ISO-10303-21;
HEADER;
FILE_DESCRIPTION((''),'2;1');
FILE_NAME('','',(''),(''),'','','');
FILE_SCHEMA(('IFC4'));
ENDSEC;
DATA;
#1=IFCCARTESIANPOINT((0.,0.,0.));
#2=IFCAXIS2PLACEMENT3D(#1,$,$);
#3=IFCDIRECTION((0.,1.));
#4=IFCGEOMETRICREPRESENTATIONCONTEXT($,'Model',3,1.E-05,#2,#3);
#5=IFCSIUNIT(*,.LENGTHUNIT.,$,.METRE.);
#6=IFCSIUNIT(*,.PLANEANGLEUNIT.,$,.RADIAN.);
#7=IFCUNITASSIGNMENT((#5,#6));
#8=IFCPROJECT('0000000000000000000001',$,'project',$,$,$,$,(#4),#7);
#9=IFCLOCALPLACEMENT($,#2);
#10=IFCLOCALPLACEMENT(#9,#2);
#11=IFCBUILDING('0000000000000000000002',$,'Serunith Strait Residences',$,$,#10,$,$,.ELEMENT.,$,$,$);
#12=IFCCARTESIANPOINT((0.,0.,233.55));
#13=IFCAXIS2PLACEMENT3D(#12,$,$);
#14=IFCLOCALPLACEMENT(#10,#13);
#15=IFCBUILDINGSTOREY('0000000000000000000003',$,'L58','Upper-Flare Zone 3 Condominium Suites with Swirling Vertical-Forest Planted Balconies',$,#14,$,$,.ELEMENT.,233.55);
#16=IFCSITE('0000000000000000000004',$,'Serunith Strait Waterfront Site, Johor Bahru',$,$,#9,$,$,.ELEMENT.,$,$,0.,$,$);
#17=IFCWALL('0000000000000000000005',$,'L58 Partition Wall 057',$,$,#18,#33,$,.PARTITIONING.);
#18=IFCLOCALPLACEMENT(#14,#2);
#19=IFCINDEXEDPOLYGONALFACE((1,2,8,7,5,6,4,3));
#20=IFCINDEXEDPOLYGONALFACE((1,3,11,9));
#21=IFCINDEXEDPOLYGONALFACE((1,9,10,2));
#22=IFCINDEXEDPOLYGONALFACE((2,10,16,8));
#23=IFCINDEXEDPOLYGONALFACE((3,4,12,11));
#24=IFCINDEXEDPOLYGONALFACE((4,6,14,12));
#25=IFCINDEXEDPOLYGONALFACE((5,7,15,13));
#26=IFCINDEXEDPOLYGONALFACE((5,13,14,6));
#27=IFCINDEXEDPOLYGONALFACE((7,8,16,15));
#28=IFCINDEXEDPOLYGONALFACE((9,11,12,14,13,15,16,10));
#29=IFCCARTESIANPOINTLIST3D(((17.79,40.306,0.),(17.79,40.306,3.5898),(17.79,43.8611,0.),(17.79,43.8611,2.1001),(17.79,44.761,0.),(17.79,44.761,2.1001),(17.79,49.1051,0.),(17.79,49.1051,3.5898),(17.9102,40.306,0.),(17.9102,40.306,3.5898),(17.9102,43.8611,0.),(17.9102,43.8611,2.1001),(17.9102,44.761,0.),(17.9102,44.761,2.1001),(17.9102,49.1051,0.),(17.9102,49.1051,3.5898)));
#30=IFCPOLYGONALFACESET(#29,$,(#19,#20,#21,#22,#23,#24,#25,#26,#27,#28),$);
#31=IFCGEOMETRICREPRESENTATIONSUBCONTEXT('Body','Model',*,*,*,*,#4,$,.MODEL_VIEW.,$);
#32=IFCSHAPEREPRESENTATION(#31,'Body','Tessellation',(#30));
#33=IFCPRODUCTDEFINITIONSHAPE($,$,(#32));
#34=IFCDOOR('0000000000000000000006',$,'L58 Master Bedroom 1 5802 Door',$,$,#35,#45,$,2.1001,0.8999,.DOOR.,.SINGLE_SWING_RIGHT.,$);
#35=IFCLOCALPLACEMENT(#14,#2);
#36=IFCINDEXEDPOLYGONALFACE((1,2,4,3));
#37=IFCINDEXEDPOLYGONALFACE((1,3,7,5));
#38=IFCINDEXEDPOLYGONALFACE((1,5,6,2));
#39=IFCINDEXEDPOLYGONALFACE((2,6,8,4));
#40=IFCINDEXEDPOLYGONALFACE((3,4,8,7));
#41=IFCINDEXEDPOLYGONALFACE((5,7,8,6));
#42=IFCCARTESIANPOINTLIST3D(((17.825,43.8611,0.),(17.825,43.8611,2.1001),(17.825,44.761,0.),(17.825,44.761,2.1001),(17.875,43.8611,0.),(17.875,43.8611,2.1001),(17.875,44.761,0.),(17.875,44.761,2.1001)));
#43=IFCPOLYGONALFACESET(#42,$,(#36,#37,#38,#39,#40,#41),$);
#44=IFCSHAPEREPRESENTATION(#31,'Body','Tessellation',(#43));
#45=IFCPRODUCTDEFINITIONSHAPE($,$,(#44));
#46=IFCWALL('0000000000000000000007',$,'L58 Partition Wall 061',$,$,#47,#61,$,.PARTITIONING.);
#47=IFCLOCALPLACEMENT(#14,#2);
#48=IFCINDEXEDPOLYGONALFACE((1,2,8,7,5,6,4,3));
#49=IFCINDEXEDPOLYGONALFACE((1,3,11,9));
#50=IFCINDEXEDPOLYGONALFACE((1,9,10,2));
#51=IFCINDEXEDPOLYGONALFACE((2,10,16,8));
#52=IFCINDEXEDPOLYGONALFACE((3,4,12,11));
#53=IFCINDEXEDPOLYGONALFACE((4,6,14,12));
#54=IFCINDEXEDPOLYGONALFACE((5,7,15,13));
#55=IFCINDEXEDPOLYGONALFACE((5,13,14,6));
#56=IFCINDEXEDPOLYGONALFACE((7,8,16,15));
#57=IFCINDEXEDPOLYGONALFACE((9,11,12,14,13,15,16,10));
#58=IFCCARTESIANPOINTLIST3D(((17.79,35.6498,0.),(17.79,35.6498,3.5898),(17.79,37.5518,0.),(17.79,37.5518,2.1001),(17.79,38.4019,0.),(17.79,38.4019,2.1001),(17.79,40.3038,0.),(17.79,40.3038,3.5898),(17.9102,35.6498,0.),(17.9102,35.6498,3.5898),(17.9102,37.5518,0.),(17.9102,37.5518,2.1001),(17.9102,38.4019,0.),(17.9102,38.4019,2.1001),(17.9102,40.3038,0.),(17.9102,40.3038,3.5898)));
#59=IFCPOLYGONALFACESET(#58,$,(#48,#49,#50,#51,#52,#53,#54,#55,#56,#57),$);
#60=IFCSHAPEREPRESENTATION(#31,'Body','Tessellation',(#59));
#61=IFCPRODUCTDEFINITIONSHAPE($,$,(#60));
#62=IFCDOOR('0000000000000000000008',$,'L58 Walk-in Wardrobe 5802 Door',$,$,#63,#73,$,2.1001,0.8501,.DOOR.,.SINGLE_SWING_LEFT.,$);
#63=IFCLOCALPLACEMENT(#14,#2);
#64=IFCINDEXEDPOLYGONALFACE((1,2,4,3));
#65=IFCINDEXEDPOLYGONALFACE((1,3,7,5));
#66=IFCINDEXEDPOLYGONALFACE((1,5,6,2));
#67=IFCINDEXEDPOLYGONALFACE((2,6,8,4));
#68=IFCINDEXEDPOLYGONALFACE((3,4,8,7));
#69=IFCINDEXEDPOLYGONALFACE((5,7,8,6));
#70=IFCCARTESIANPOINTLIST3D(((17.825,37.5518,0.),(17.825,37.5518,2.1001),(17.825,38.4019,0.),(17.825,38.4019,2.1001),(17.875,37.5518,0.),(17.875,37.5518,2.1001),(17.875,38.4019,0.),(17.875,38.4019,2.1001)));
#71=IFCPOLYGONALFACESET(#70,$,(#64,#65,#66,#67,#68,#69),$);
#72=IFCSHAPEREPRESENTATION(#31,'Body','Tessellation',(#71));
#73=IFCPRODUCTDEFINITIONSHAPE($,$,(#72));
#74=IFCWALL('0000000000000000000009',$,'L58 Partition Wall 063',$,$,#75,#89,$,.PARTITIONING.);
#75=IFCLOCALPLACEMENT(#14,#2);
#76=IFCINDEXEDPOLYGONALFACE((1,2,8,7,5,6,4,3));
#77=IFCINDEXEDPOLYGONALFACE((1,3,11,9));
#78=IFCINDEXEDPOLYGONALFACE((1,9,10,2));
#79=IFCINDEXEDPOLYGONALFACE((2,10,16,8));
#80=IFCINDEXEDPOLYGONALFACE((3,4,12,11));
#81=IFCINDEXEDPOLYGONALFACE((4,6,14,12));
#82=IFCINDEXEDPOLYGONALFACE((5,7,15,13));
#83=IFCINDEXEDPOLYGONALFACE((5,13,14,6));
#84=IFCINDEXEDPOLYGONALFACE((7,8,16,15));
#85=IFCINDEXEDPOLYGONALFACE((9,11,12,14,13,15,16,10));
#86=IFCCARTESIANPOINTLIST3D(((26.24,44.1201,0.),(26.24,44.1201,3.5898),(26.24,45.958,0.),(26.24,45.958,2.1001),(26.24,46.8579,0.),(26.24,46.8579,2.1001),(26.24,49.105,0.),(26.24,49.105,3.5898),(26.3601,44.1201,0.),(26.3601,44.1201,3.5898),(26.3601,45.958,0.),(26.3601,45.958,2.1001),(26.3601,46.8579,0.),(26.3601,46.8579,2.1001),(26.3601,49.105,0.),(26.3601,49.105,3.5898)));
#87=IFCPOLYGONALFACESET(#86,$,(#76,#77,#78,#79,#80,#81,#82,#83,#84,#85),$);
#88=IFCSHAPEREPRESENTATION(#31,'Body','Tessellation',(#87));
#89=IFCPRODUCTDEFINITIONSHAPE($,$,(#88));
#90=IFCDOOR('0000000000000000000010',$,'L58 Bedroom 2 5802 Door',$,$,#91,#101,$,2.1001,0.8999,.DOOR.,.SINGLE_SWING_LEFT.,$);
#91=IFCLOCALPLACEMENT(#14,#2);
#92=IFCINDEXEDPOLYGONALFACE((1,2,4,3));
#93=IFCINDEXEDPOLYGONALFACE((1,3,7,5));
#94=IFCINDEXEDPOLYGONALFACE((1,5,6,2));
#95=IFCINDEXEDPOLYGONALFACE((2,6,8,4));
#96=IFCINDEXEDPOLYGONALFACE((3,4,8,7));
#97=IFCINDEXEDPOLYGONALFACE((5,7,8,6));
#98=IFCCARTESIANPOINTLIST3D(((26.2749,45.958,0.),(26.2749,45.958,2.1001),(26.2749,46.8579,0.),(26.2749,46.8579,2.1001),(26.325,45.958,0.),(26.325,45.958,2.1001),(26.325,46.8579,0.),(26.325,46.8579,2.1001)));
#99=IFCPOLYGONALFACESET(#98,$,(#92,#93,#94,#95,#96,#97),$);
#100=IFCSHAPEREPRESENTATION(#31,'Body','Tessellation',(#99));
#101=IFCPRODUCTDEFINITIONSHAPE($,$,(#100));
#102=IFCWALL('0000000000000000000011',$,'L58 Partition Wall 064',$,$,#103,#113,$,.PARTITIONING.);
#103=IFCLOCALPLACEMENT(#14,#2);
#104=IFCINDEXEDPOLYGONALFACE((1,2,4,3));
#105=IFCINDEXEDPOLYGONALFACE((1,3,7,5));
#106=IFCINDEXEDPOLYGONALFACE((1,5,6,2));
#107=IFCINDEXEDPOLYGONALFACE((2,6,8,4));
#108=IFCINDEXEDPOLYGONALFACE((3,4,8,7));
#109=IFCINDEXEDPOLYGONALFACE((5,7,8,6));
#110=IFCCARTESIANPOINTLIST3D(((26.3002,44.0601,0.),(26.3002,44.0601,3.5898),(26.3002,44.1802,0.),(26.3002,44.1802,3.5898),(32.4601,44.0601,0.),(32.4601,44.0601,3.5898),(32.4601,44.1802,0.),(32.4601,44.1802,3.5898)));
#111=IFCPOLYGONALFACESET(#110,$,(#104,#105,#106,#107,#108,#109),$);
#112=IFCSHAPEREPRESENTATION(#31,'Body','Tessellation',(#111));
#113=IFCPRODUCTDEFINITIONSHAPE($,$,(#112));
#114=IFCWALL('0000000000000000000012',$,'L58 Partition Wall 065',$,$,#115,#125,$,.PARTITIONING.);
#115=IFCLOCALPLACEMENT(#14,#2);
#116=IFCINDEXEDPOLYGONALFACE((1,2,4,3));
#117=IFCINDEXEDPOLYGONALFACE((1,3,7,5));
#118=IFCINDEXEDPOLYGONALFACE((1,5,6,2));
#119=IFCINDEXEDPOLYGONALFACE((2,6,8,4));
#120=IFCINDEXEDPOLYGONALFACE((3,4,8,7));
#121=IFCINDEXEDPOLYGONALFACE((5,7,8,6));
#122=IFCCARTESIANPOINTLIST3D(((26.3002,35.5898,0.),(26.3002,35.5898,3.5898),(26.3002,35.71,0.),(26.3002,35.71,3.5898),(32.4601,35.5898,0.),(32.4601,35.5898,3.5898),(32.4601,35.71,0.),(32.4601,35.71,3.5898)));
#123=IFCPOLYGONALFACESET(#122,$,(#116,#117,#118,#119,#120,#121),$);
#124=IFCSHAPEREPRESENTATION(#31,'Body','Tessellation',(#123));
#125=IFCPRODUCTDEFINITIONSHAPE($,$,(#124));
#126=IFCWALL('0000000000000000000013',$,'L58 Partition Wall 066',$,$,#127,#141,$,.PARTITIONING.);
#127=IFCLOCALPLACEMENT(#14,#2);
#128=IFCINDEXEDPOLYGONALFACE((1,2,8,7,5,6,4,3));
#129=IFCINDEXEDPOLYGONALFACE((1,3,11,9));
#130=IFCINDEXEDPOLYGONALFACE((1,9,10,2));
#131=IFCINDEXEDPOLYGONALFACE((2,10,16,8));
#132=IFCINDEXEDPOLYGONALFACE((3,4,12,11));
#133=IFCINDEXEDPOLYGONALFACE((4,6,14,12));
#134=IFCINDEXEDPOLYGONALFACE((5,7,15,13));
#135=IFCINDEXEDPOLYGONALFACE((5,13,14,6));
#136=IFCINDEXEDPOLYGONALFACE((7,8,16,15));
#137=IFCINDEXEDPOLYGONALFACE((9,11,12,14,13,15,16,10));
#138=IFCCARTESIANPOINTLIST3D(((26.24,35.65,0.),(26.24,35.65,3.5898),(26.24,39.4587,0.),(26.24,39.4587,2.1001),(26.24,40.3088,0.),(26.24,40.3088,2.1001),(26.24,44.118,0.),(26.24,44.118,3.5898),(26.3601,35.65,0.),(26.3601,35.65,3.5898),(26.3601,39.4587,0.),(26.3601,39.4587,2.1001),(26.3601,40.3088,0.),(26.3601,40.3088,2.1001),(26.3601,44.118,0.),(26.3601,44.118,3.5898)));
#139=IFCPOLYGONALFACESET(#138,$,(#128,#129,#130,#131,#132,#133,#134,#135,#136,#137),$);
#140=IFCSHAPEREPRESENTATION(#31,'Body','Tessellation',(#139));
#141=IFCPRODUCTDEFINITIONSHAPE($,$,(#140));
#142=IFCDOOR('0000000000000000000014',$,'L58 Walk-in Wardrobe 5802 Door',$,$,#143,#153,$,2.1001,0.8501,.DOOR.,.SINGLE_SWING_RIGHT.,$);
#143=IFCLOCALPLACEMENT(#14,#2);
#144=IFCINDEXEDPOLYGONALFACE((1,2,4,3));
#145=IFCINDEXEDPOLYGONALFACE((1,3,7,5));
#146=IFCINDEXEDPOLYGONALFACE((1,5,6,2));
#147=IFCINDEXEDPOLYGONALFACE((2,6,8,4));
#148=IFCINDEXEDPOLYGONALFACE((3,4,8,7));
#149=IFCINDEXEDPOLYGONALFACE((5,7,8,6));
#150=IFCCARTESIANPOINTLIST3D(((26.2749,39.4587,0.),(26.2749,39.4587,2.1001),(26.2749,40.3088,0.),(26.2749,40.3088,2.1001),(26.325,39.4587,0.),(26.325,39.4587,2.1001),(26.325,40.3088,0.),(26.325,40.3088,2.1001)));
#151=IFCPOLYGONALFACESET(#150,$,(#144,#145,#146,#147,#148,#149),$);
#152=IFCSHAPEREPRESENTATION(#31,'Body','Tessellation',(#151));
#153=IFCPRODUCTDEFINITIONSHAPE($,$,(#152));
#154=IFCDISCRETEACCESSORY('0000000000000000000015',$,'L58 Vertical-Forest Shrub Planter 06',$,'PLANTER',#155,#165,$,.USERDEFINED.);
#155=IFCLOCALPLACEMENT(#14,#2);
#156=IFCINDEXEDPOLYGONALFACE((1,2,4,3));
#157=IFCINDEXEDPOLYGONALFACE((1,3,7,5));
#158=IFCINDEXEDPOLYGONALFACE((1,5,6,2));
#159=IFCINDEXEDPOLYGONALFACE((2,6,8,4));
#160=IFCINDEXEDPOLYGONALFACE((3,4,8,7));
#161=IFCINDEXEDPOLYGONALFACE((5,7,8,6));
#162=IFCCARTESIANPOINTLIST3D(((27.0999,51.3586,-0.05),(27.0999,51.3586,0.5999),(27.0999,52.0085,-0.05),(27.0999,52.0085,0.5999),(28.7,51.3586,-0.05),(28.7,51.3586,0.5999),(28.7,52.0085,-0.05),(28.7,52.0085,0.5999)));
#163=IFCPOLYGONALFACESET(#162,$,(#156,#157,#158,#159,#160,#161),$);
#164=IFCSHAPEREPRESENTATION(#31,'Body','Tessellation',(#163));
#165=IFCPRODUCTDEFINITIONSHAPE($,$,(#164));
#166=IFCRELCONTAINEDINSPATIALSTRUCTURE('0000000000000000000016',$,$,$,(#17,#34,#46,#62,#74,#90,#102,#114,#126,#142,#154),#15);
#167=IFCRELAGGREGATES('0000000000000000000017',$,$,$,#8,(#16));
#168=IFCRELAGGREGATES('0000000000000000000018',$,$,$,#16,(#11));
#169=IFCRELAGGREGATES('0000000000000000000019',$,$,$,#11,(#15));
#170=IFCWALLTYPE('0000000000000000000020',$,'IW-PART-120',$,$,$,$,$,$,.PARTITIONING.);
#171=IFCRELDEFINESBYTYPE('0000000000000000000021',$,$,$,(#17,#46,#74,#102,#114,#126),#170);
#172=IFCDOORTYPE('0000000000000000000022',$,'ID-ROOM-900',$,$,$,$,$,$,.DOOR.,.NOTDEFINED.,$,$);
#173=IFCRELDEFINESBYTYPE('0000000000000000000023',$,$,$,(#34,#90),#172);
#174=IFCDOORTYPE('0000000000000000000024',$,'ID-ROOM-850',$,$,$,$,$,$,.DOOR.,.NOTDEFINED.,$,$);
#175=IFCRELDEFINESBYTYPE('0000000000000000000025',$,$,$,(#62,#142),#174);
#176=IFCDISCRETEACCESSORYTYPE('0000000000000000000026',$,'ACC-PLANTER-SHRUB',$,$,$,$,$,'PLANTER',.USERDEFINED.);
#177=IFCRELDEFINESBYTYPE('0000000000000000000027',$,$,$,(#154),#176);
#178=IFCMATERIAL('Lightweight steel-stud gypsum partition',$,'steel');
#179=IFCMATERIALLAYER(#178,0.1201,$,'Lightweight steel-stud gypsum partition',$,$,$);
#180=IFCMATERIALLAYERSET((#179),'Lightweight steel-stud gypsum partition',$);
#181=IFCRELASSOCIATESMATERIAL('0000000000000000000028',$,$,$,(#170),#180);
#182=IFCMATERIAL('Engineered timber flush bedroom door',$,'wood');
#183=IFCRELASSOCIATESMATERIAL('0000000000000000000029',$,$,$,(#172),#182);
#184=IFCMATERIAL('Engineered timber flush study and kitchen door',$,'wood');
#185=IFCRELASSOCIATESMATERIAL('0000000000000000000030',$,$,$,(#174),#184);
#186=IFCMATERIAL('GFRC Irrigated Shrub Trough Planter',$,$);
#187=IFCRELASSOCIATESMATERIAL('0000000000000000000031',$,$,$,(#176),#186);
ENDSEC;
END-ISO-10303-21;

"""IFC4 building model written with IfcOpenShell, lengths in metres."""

from ifc_helpers import new_model, si_unit, direction, frame, frame_2d, origin, origin_2d, place, context, subcontext, project, spatial, rectangle, extrude, source, transform, mapped, material, layer, layer_set, type_object, element, fill, save


model = new_model("IFC4")

# Units and contexts
model_context = context("Model", 3, precision=1e-05, world=origin(), true_north=direction((0.0, 1.0)))
body_context = subcontext(model_context, "Body", "Model", "MODEL_VIEW")
ifc_project = project(units=[si_unit("LENGTHUNIT", "METRE"), si_unit("PLANEANGLEUNIT", "RADIAN")], contexts=[model_context])

# Site, building, storey
site_placement = place(None, origin())
site = spatial("IfcSite", under=ifc_project, at=site_placement, Name="Serunith Strait Waterfront Site, Johor Bahru", CompositionType="ELEMENT", RefElevation=0.0)
building_placement = place(site_placement, origin())
building = spatial("IfcBuilding", under=site, at=building_placement, Name="Serunith Strait Residences", CompositionType="ELEMENT")
storey_placement = place(building_placement, frame((0.0, 0.0, 233.55)))
storey = spatial("IfcBuildingStorey", under=building, at=storey_placement, Name="L58", Description="Upper-Flare Zone 3 Condominium Suites with Swirling Vertical-Forest Planted Balconies", CompositionType="ELEMENT", Elevation=233.55)

# Shared definitions
ifc_material_1 = material(Name="Lightweight steel-stud gypsum partition", Category="steel")
ifc_layer_1 = layer(ifc_material_1, 0.1201, Name="Lightweight steel-stud gypsum partition")
ifc_layer_set_1 = layer_set([ifc_layer_1], Name="Lightweight steel-stud gypsum partition")
wall_type = type_object("IfcWallType", Name="IW-PART-120", PredefinedType="PARTITIONING", material=ifc_layer_set_1)

# Walls, openings, doors
wall_1_placement = place(storey_placement, frame((17.8501, 49.105, 0.0), z_axis=(0.0, 0.0, 1.0), x_axis=(0.0, -1.0, 0.0)))
wall_1 = element("IfcWall", 1, at=wall_1_placement, inside=storey, type_object=wall_type, Name="L58 Partition Wall 057", PredefinedType="PARTITIONING", context=body_context, shape_type="SweptSolid", body=[
    extrude(rectangle(XDim=8.7991, YDim=0.1201, at=frame_2d((4.3994, 0.0))), origin(), (0.0, 0.0, 1.0), 3.5898),
])
opening_1_placement = place(wall_1_placement, frame((4.344, 0.0, 0.0)))
opening_1 = element("IfcOpeningElement", 2, at=opening_1_placement, cuts=wall_1, PredefinedType="OPENING", context=body_context, shape_type="SweptSolid", body=[
    extrude(rectangle(XDim=0.8999, YDim=2.1001, at=frame_2d((0.45, 1.05))), frame((0.0, 0.0701, 0.0), z_axis=(0.0, -1.0, 0.0), x_axis=(1.0, 0.0, 0.0)), (0.0, 0.0, 1.0), 0.1401),
])
ifc_material_2 = material(Name="Engineered timber flush bedroom door", Category="wood")
door_type_1 = type_object("IfcDoorType", Name="ID-ROOM-900", OperationType="NOTDEFINED", PredefinedType="DOOR", material=ifc_material_2)
shared_shape_1 = source(origin(), body_context, "Body", "SweptSolid", [
    extrude(rectangle(XDim=0.8999, YDim=2.1001, at=frame_2d((0.45, 1.05))), frame((0.0, 0.0249, 0.0), z_axis=(0.0, -1.0, 0.0), x_axis=(1.0, 0.0, 0.0)), (0.0, 0.0, 1.0), 0.05),
])
door_1_placement = place(opening_1_placement, origin())
door_1 = element("IfcDoor", 3, at=door_1_placement, inside=storey, type_object=door_type_1, Name="L58 Master Bedroom 1 5802 Door", OperationType="SINGLE_SWING_RIGHT", OverallHeight=2.1001, OverallWidth=0.8999, PredefinedType="DOOR", context=body_context, shape_type="MappedRepresentation", body=[
    mapped(shared_shape_1, transform((0.0, 0.0, 0.0), scale=1.0)),
])
fill(opening_1, door_1)
wall_2_placement = place(storey_placement, frame((17.8501, 40.304, 0.0), z_axis=(0.0, 0.0, 1.0), x_axis=(0.0, -1.0, 0.0)))
wall_2 = element("IfcWall", 4, at=wall_2_placement, inside=storey, type_object=wall_type, Name="L58 Partition Wall 061", PredefinedType="PARTITIONING", context=body_context, shape_type="SweptSolid", body=[
    extrude(rectangle(XDim=4.6541, YDim=0.1201, at=frame_2d((2.3271, 0.0))), origin(), (0.0, 0.0, 1.0), 3.5898),
])
opening_2_placement = place(wall_2_placement, frame((1.9021, 0.0, 0.0)))
opening_2 = element("IfcOpeningElement", 5, at=opening_2_placement, cuts=wall_2, PredefinedType="OPENING", context=body_context, shape_type="SweptSolid", body=[
    extrude(rectangle(XDim=0.8501, YDim=2.1001, at=frame_2d((0.425, 1.05))), frame((0.0, 0.0701, 0.0), z_axis=(0.0, -1.0, 0.0), x_axis=(1.0, 0.0, 0.0)), (0.0, 0.0, 1.0), 0.1401),
])
ifc_material_3 = material(Name="Engineered timber flush study and kitchen door", Category="wood")
door_type_2 = type_object("IfcDoorType", Name="ID-ROOM-850", OperationType="NOTDEFINED", PredefinedType="DOOR", material=ifc_material_3)
shared_shape_2 = source(origin(), body_context, "Body", "SweptSolid", [
    extrude(rectangle(XDim=0.8501, YDim=2.1001, at=frame_2d((0.425, 1.05))), frame((0.0, 0.0249, 0.0), z_axis=(0.0, -1.0, 0.0), x_axis=(1.0, 0.0, 0.0)), (0.0, 0.0, 1.0), 0.05),
])
door_2_placement = place(opening_2_placement, origin())
door_2 = element("IfcDoor", 6, at=door_2_placement, inside=storey, type_object=door_type_2, Name="L58 Walk-in Wardrobe 5802 Door", OperationType="SINGLE_SWING_LEFT", OverallHeight=2.1001, OverallWidth=0.8501, PredefinedType="DOOR", context=body_context, shape_type="MappedRepresentation", body=[
    mapped(shared_shape_2, transform((0.0, 0.0, 0.0), scale=1.0)),
])
fill(opening_2, door_2)
wall_3_placement = place(storey_placement, frame((26.3, 49.105, 0.0), z_axis=(0.0, 0.0, 1.0), x_axis=(0.0, -1.0, 0.0)))
wall_3 = element("IfcWall", 7, at=wall_3_placement, inside=storey, type_object=wall_type, Name="L58 Partition Wall 063", PredefinedType="PARTITIONING", context=body_context, shape_type="SweptSolid", body=[
    extrude(rectangle(XDim=4.9849, YDim=0.1201, at=frame_2d((2.4924, 0.0))), origin(), (0.0, 0.0, 1.0), 3.5898),
])
opening_3_placement = place(wall_3_placement, frame((2.2471, 0.0, 0.0)))
opening_3 = element("IfcOpeningElement", 8, at=opening_3_placement, cuts=wall_3, PredefinedType="OPENING", context=body_context, shape_type="SweptSolid", body=[
    extrude(rectangle(XDim=0.8999, YDim=2.1001, at=frame_2d((0.45, 1.05))), frame((0.0, 0.0701, 0.0), z_axis=(0.0, -1.0, 0.0), x_axis=(1.0, 0.0, 0.0)), (0.0, 0.0, 1.0), 0.1401),
])
door_3_placement = place(opening_3_placement, origin())
door_3 = element("IfcDoor", 9, at=door_3_placement, inside=storey, type_object=door_type_1, Name="L58 Bedroom 2 5802 Door", OperationType="SINGLE_SWING_LEFT", OverallHeight=2.1001, OverallWidth=0.8999, PredefinedType="DOOR", context=body_context, shape_type="MappedRepresentation", body=[
    mapped(shared_shape_1, transform((0.0, 0.0, 0.0), scale=1.0)),
])
fill(opening_3, door_3)

# Walls
for number, where, z_axis, x_axis, name in (
    (10, (26.3, 44.1201, 0.0), (0.0, 0.0, 1.0), (1.0, 0.0, 0.0), "L58 Partition Wall 064"),
    (11, (26.3, 35.6499, 0.0), (0.0, 0.0, 1.0), (1.0, 0.0, 0.0), "L58 Partition Wall 065"),
):
    element("IfcWall", number, at=place(storey_placement, frame(where, z_axis=z_axis, x_axis=x_axis)), inside=storey, type_object=wall_type, Name=name, PredefinedType="PARTITIONING", context=body_context, shape_type="SweptSolid", body=[
        extrude(rectangle(XDim=6.1599, YDim=0.1201, at=frame_2d((3.0801, 0.0))), origin(), (0.0, 0.0, 1.0), 3.5898),
    ])

# Wall, opening, door
wall_4_placement = place(storey_placement, frame((26.3, 44.1179, 0.0), z_axis=(0.0, 0.0, 1.0), x_axis=(0.0, -1.0, 0.0)))
wall_4 = element("IfcWall", 12, at=wall_4_placement, inside=storey, type_object=wall_type, Name="L58 Partition Wall 066", PredefinedType="PARTITIONING", context=body_context, shape_type="SweptSolid", body=[
    extrude(rectangle(XDim=8.468, YDim=0.1201, at=frame_2d((4.2339, 0.0))), origin(), (0.0, 0.0, 1.0), 3.5898),
])
opening_4_placement = place(wall_4_placement, frame((3.8091, 0.0, 0.0)))
opening_4 = element("IfcOpeningElement", 13, at=opening_4_placement, cuts=wall_4, PredefinedType="OPENING", context=body_context, shape_type="SweptSolid", body=[
    extrude(rectangle(XDim=0.8501, YDim=2.1001, at=frame_2d((0.425, 1.05))), frame((0.0, 0.0701, 0.0), z_axis=(0.0, -1.0, 0.0), x_axis=(1.0, 0.0, 0.0)), (0.0, 0.0, 1.0), 0.1401),
])
door_4_placement = place(opening_4_placement, origin())
door_4 = element("IfcDoor", 14, at=door_4_placement, inside=storey, type_object=door_type_2, Name="L58 Walk-in Wardrobe 5802 Door", OperationType="SINGLE_SWING_RIGHT", OverallHeight=2.1001, OverallWidth=0.8501, PredefinedType="DOOR", context=body_context, shape_type="MappedRepresentation", body=[
    mapped(shared_shape_2, transform((0.0, 0.0, 0.0), scale=1.0)),
])
fill(opening_4, door_4)

# Discrete accessory
ifc_material_4 = material(Name="GFRC Irrigated Shrub Trough Planter")
discrete_accessory_type = type_object("IfcDiscreteAccessoryType", Name="ACC-PLANTER-SHRUB", ElementType="PLANTER", PredefinedType="USERDEFINED", material=ifc_material_4)
shared_shape_3 = source(origin(), body_context, "Body", "SweptSolid", [
    extrude(rectangle(XDim=1.6001, YDim=0.6499, at=origin_2d()), origin(), (0.0, 0.0, 1.0), 0.6499),
])
discrete_accessory_placement = place(storey_placement, frame((27.8999, 51.6836, -0.05), z_axis=(0.0, 0.0, 1.0), x_axis=(-1.0, 0.0, 0.0)))
element("IfcDiscreteAccessory", 15, at=discrete_accessory_placement, inside=storey, type_object=discrete_accessory_type, Name="L58 Vertical-Forest Shrub Planter 06", ObjectType="PLANTER", PredefinedType="USERDEFINED", context=body_context, shape_type="MappedRepresentation", body=[
    mapped(shared_shape_3, transform((0.0, 0.0, 0.0), scale=1.0)),
])

save(model, "model.ifc")
